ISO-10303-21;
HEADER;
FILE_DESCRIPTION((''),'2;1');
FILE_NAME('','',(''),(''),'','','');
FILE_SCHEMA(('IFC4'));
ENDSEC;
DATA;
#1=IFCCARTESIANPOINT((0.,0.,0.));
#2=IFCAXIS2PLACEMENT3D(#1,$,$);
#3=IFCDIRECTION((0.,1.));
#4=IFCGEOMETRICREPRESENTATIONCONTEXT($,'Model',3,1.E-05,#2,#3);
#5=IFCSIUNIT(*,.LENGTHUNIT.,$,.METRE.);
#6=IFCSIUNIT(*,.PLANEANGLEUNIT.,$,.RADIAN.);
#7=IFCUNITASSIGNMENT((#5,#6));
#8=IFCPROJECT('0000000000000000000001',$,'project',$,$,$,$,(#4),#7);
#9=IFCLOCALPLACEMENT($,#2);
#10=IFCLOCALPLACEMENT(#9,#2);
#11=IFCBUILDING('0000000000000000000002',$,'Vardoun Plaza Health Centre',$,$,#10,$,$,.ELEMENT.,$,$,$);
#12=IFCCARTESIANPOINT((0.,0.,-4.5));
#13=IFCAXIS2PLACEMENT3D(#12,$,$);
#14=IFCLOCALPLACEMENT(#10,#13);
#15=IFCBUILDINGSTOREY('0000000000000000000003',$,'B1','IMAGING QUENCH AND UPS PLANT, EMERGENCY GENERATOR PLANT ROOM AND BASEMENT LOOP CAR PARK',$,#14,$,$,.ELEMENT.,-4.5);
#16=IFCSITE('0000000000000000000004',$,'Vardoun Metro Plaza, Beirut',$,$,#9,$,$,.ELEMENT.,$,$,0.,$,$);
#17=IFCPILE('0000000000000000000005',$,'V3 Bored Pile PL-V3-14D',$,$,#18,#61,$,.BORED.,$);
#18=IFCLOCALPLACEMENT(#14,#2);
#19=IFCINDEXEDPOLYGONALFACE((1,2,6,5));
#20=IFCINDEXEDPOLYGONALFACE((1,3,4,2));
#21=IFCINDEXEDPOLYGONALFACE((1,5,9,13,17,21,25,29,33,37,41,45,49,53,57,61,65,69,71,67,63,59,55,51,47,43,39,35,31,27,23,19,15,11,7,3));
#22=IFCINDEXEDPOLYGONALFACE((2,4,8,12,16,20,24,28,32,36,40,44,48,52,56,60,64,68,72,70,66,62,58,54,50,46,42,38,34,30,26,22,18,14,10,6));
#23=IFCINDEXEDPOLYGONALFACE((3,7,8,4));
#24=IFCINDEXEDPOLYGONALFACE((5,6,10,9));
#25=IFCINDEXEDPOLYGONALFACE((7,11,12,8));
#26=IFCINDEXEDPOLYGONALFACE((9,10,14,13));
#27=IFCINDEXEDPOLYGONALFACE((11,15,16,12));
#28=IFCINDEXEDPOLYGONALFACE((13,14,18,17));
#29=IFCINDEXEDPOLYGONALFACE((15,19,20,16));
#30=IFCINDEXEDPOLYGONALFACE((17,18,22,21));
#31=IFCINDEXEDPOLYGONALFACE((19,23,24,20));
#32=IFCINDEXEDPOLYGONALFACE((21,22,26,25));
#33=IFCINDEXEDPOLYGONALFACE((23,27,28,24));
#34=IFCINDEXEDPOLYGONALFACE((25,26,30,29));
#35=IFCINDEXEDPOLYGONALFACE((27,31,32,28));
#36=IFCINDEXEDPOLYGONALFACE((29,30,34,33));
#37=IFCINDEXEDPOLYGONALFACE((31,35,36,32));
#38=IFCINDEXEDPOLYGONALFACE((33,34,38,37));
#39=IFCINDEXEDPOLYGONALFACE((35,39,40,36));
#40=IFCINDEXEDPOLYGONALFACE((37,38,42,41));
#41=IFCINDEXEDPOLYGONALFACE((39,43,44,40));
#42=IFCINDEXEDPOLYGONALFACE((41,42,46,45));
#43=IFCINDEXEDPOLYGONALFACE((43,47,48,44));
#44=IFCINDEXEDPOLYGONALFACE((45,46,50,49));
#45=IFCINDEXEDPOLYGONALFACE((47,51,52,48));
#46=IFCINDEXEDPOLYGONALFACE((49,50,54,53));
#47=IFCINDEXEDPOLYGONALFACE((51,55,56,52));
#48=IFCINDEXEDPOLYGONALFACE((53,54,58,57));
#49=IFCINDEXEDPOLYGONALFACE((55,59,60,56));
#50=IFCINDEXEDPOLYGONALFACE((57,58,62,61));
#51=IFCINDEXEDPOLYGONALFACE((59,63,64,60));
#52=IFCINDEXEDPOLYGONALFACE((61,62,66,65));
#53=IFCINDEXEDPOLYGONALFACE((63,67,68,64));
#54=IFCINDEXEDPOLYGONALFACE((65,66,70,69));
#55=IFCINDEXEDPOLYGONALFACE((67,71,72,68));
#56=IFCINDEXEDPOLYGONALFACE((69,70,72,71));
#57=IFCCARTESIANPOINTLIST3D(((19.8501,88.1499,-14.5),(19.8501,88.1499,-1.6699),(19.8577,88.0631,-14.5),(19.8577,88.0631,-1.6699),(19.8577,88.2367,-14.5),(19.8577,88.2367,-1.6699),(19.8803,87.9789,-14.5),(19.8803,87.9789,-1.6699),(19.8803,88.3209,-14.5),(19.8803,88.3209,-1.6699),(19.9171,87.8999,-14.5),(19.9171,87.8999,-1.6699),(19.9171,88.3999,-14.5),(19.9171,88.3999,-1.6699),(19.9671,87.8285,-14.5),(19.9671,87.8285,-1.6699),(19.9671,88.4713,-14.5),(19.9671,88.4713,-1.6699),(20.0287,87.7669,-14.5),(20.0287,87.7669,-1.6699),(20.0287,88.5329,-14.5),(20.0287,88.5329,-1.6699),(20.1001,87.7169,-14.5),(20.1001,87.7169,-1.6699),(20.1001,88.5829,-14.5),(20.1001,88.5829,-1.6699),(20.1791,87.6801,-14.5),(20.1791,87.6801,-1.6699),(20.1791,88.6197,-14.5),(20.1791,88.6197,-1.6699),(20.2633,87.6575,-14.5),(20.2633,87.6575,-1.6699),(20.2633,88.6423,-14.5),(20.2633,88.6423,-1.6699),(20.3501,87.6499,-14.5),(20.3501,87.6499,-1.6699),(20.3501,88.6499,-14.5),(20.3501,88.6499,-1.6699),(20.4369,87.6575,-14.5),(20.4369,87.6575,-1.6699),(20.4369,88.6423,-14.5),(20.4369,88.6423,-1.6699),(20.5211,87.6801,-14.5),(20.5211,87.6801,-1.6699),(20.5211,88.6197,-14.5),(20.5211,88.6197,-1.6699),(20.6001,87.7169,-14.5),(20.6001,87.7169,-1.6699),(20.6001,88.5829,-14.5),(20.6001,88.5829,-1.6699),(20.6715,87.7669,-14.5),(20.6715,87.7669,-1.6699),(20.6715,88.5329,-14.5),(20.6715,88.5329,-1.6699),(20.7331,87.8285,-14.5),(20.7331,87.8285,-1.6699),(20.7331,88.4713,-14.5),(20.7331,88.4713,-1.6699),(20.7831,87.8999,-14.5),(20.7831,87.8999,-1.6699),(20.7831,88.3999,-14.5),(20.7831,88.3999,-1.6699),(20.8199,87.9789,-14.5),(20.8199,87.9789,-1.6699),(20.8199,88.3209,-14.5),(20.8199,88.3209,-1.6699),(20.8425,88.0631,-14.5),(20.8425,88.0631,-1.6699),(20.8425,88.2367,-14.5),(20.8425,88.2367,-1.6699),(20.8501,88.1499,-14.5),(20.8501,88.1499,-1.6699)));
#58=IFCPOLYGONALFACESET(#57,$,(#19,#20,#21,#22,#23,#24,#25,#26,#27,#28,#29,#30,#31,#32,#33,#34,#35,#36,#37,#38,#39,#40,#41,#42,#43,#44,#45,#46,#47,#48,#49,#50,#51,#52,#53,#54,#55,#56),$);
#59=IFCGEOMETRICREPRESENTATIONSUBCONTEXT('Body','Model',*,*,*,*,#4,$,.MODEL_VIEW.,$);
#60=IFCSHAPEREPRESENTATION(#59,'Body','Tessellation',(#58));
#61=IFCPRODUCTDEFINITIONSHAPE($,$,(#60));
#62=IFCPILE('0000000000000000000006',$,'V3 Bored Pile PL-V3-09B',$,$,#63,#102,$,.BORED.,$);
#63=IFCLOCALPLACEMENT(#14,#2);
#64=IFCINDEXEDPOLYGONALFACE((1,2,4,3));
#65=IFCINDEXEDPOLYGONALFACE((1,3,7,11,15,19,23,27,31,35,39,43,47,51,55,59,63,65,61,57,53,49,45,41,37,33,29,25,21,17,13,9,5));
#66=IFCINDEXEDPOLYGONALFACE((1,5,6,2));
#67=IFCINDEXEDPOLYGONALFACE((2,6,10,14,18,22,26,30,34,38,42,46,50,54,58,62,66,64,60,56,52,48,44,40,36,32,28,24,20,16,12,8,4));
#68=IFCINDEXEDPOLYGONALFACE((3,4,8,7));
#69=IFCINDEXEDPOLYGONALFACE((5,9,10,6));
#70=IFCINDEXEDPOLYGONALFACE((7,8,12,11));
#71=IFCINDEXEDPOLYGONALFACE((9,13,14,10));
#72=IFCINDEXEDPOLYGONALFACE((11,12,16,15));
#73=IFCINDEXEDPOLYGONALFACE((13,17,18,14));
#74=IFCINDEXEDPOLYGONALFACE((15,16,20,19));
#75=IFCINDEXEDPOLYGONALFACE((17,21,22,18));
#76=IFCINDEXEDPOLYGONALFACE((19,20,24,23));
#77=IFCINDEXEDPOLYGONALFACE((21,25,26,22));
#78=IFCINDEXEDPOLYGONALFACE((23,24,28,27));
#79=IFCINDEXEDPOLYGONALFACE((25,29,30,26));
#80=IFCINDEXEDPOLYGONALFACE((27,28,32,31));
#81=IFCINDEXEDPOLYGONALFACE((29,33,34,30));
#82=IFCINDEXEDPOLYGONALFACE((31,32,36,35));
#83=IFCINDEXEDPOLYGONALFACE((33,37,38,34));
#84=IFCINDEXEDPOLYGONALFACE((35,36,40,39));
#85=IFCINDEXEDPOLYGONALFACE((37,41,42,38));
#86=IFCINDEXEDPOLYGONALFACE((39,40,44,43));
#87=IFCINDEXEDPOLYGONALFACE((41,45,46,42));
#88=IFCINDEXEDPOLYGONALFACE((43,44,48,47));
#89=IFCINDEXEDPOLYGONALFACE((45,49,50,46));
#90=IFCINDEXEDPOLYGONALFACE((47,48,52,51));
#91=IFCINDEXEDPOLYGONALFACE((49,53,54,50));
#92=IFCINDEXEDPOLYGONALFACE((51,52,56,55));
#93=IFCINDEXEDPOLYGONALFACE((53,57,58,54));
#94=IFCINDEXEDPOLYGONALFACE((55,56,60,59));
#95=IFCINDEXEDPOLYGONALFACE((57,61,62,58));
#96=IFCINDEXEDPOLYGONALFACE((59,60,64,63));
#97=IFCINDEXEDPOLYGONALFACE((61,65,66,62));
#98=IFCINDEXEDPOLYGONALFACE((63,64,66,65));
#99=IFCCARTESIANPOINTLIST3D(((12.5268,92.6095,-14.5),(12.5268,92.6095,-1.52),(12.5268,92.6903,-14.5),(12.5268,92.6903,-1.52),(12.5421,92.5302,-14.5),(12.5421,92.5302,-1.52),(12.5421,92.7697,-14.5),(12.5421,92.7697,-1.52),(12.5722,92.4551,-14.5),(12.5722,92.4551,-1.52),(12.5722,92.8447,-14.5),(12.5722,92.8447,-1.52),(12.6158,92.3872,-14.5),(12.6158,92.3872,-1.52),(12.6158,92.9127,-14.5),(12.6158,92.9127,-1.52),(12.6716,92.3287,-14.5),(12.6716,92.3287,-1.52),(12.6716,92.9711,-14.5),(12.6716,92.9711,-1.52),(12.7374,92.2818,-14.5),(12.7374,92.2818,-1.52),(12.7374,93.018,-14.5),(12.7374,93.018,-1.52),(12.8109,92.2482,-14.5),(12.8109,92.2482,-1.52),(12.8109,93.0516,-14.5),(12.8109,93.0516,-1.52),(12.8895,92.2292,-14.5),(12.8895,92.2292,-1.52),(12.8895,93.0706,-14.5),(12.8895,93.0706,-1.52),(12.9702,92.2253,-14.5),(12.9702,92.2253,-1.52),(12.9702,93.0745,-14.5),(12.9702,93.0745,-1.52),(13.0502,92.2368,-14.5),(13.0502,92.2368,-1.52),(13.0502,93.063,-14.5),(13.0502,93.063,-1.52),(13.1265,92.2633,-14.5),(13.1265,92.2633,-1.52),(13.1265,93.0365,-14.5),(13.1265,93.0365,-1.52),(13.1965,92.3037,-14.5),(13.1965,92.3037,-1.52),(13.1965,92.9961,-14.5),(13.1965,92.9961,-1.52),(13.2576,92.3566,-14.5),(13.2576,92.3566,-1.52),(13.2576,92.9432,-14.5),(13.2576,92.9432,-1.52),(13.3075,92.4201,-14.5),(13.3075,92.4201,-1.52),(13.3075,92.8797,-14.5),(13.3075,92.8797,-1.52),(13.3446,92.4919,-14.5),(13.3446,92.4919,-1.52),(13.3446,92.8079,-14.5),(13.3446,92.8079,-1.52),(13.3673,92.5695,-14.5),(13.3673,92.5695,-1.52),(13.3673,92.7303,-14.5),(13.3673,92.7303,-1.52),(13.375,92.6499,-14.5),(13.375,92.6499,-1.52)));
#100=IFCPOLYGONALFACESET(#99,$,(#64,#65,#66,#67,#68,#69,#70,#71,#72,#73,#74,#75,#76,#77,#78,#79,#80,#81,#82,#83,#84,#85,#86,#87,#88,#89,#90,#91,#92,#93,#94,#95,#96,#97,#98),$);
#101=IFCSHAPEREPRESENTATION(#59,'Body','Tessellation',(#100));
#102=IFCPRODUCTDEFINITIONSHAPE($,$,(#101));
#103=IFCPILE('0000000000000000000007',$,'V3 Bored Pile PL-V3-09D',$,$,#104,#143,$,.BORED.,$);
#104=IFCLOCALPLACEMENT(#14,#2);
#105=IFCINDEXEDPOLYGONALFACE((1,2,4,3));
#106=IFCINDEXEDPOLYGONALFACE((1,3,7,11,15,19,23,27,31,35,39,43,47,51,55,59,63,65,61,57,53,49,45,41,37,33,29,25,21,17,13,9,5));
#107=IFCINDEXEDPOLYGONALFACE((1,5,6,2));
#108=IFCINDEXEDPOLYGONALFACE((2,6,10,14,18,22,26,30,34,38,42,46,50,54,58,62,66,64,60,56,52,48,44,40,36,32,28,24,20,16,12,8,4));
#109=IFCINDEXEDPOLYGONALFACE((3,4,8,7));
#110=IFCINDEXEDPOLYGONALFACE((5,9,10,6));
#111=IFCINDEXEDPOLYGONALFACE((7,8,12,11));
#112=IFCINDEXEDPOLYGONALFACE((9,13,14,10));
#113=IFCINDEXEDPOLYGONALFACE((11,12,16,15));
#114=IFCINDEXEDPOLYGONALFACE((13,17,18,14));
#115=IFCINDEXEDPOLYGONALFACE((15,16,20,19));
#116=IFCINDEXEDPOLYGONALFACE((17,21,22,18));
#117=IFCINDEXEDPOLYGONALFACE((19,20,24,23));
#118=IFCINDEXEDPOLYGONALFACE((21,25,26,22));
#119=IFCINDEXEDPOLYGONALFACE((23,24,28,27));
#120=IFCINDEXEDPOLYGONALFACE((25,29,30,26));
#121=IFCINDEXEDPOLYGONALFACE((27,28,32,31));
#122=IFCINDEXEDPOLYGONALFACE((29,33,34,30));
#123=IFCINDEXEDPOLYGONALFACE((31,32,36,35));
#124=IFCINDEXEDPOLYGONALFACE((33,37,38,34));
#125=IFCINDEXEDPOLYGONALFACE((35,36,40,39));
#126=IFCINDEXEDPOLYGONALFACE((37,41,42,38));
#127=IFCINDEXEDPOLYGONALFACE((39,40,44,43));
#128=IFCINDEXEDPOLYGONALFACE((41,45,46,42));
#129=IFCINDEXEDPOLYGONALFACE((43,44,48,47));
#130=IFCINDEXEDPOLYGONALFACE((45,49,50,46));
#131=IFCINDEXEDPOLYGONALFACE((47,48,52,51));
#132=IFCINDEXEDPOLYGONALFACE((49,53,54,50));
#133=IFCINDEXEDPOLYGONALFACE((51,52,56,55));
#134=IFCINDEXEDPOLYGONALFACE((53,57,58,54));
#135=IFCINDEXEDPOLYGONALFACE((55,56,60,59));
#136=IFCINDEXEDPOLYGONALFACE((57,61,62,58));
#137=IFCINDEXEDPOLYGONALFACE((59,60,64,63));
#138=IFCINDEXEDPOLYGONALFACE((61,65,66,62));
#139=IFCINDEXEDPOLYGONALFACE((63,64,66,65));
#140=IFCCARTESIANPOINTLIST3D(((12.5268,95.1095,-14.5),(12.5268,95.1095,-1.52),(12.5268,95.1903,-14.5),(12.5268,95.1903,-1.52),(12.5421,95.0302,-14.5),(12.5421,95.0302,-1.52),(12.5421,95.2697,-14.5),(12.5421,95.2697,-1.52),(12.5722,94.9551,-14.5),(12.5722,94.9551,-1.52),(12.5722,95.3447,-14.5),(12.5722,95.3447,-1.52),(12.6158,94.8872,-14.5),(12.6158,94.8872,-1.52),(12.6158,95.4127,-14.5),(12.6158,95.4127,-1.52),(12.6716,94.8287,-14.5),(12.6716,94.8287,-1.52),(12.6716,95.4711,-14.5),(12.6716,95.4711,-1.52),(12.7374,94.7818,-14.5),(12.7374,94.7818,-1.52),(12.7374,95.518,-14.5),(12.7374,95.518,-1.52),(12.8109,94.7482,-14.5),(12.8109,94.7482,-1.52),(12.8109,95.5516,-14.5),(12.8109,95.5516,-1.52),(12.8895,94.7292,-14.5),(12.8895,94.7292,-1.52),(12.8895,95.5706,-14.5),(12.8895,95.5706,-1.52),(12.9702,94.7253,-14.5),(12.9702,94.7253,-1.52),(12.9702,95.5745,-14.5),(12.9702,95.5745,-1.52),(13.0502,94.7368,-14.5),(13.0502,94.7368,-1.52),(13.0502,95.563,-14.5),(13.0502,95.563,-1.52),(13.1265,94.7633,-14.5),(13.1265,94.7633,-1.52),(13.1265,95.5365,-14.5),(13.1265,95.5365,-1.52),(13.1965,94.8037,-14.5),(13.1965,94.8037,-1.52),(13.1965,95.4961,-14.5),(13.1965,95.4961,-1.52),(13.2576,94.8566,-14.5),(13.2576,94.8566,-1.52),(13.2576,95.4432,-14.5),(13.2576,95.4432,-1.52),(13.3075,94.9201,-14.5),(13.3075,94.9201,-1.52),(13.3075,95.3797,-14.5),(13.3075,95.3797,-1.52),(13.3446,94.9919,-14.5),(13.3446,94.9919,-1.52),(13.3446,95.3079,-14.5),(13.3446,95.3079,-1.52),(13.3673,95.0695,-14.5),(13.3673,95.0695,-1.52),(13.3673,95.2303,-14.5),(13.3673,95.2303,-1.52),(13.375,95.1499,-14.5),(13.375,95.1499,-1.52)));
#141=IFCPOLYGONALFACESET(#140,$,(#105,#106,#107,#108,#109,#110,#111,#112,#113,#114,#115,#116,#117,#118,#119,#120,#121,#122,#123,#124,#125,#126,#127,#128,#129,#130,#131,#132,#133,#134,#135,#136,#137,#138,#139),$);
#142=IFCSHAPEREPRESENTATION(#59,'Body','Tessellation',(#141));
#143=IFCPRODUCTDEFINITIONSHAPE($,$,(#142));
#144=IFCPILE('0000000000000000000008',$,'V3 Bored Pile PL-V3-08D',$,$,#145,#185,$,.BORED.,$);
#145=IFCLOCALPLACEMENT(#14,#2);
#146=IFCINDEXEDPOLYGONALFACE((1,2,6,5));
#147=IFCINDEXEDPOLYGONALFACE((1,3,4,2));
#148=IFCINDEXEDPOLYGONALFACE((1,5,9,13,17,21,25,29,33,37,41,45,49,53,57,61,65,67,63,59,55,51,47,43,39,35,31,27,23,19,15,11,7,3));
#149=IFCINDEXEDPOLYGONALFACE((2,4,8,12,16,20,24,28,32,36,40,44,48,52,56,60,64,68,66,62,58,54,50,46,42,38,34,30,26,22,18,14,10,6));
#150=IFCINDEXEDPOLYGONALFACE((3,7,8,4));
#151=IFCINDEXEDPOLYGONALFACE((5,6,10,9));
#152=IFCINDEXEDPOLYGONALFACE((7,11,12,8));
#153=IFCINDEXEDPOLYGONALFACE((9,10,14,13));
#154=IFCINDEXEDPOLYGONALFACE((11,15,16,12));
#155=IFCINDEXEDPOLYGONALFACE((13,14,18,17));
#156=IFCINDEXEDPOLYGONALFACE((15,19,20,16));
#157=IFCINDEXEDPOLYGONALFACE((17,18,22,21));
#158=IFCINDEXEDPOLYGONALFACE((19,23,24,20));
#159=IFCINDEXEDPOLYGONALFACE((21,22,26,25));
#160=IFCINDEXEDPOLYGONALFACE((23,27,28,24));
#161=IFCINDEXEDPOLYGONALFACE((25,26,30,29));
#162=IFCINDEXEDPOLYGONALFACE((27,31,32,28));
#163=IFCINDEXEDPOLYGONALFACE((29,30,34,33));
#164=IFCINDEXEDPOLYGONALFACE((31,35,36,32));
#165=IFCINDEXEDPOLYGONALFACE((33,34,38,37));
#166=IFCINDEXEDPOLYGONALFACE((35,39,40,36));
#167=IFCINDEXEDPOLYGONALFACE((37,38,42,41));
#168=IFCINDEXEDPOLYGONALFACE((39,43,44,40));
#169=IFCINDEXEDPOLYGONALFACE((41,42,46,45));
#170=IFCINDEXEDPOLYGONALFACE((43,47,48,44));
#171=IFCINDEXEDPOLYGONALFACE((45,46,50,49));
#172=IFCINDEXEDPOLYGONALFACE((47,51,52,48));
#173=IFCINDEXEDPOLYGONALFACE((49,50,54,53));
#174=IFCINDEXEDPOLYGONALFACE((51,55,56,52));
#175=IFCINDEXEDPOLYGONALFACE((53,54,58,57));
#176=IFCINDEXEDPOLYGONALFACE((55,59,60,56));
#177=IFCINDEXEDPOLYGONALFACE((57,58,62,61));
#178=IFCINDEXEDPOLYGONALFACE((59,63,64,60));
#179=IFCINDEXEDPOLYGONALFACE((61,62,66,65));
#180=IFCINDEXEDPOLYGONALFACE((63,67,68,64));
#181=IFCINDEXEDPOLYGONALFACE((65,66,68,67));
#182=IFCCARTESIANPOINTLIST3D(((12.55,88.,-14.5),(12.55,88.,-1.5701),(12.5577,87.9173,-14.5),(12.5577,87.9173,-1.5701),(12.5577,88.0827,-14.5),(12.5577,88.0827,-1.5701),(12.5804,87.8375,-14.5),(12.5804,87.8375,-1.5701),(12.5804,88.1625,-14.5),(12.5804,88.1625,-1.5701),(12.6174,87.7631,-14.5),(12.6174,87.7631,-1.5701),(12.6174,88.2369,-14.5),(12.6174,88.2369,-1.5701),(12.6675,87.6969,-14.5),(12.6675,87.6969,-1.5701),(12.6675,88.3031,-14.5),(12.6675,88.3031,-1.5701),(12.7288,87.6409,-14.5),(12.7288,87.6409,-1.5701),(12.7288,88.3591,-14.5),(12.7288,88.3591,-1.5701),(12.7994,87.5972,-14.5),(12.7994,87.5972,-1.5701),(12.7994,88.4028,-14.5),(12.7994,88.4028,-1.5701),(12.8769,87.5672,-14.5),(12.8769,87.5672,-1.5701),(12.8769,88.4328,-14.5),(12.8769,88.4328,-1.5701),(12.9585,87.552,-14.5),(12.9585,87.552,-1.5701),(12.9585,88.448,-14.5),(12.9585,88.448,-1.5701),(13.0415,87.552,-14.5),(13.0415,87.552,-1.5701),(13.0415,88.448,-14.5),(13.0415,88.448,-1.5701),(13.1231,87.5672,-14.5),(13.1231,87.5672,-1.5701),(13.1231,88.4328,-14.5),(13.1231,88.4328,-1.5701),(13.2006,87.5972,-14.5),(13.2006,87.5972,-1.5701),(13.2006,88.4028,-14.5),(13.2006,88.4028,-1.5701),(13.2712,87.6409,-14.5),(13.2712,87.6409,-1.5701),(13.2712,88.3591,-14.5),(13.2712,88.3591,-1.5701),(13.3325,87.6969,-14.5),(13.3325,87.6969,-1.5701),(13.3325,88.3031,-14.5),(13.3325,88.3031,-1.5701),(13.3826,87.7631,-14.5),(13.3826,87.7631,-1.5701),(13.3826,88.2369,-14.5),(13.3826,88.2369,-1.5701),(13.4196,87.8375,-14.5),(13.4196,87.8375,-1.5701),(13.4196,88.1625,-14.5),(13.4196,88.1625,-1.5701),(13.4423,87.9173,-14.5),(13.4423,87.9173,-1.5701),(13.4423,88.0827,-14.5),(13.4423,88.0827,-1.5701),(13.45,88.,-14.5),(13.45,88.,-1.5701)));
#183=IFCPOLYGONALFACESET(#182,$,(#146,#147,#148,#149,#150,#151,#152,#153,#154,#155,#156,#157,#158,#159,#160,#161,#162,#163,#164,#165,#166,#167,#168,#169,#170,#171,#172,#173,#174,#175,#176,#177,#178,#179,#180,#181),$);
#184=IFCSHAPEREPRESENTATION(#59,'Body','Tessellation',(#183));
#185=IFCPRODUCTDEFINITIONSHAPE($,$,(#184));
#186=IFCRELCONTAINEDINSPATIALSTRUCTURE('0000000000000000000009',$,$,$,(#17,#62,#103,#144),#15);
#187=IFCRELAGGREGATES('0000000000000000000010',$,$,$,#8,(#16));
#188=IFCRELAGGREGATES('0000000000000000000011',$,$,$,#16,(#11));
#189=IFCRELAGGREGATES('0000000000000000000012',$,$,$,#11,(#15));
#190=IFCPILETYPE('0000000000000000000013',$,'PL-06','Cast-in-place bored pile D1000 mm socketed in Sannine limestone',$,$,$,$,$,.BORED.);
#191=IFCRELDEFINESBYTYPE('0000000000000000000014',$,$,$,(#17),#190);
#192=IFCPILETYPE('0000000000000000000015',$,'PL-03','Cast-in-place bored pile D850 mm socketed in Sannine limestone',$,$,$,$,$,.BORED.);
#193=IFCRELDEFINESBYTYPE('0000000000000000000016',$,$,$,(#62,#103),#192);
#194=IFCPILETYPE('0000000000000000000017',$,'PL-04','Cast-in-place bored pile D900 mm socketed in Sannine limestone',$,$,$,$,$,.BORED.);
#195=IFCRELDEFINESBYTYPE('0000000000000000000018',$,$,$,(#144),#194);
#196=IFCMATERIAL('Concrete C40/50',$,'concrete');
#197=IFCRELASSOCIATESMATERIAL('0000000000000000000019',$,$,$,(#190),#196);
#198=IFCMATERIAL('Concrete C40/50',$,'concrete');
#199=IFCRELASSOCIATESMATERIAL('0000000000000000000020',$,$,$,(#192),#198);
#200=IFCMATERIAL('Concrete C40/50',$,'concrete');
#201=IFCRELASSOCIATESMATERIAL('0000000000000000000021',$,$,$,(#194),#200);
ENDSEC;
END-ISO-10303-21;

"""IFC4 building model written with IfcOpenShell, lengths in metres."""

from ifc_helpers import new_model, si_unit, direction, frame, origin, origin_2d, place, context, subcontext, project, spatial, circle, extrude, material, material_profile, profile_set, type_object, element, save


model = new_model("IFC4")

# Units and contexts
model_context = context("Model", 3, precision=1e-05, world=origin(), true_north=direction((0.0, 1.0)))
body_context = subcontext(model_context, "Body", "Model", "MODEL_VIEW")
ifc_project = project(units=[si_unit("LENGTHUNIT", "METRE"), si_unit("PLANEANGLEUNIT", "RADIAN")], contexts=[model_context])

# Site, building, storey
site_placement = place(None, origin())
site = spatial("IfcSite", under=ifc_project, at=site_placement, Name="Vardoun Metro Plaza, Beirut", CompositionType="ELEMENT", RefElevation=0.0)
building_placement = place(site_placement, origin())
building = spatial("IfcBuilding", under=site, at=building_placement, Name="Vardoun Plaza Health Centre", CompositionType="ELEMENT")
storey_placement = place(building_placement, frame((0.0, 0.0, -4.5)))
storey = spatial("IfcBuildingStorey", under=building, at=storey_placement, Name="B1", Description="IMAGING QUENCH AND UPS PLANT, EMERGENCY GENERATOR PLANT ROOM AND BASEMENT LOOP CAR PARK", CompositionType="ELEMENT", Elevation=-4.5)

# Piles
ifc_material_1 = material(Name="Concrete C40/50", Category="concrete")
ifc_material_profile_1 = material_profile(ifc_material_1, circle(Radius=0.5, at=origin_2d()), Name="PILE D1000")
ifc_profile_set_1 = profile_set([ifc_material_profile_1], Name="Concrete C40/50")
pile_type_1 = type_object("IfcPileType", Name="PL-06", Description="Cast-in-place bored pile D1000 mm socketed in Sannine limestone", PredefinedType="BORED", material=ifc_profile_set_1)
for number, where, z_axis, x_axis, name in (
    (1, (20.3501, 88.1499, -1.6699), (0.0, 0.0, -1.0), (1.0, 0.0, 0.0), "V3 Bored Pile PL-V3-14D"),
):
    element("IfcPile", number, at=place(storey_placement, frame(where, z_axis=z_axis, x_axis=x_axis)), inside=storey, type_object=pile_type_1, Name=name, PredefinedType="BORED", context=body_context, shape_type="SweptSolid", body=[
        extrude(circle(Radius=0.5, at=origin_2d()), origin(), (0.0, 0.0, 1.0), 12.8301),
    ])
ifc_material_2 = material(Name="Concrete C40/50", Category="concrete")
ifc_material_profile_2 = material_profile(ifc_material_2, circle(Radius=0.425, at=origin_2d()), Name="PILE D850")
ifc_profile_set_2 = profile_set([ifc_material_profile_2], Name="Concrete C40/50")
pile_type_2 = type_object("IfcPileType", Name="PL-03", Description="Cast-in-place bored pile D850 mm socketed in Sannine limestone", PredefinedType="BORED", material=ifc_profile_set_2)
for number, where, z_axis, x_axis, name in (
    (2, (12.95, 92.6499, -1.52), (0.0, 0.0, -1.0), (1.0, 0.0, 0.0), "V3 Bored Pile PL-V3-09B"),
    (3, (12.95, 95.1499, -1.52), (0.0, 0.0, -1.0), (1.0, 0.0, 0.0), "V3 Bored Pile PL-V3-09D"),
):
    element("IfcPile", number, at=place(storey_placement, frame(where, z_axis=z_axis, x_axis=x_axis)), inside=storey, type_object=pile_type_2, Name=name, PredefinedType="BORED", context=body_context, shape_type="SweptSolid", body=[
        extrude(circle(Radius=0.425, at=origin_2d()), origin(), (0.0, 0.0, 1.0), 12.98),
    ])
ifc_material_3 = material(Name="Concrete C40/50", Category="concrete")
ifc_material_profile_3 = material_profile(ifc_material_3, circle(Radius=0.45, at=origin_2d()), Name="PILE D900")
ifc_profile_set_3 = profile_set([ifc_material_profile_3], Name="Concrete C40/50")
pile_type_3 = type_object("IfcPileType", Name="PL-04", Description="Cast-in-place bored pile D900 mm socketed in Sannine limestone", PredefinedType="BORED", material=ifc_profile_set_3)
for number, where, z_axis, x_axis, name in (
    (4, (13.0, 88.0, -1.5701), (0.0, 0.0, -1.0), (1.0, 0.0, 0.0), "V3 Bored Pile PL-V3-08D"),
):
    element("IfcPile", number, at=place(storey_placement, frame(where, z_axis=z_axis, x_axis=x_axis)), inside=storey, type_object=pile_type_3, Name=name, PredefinedType="BORED", context=body_context, shape_type="SweptSolid", body=[
        extrude(circle(Radius=0.45, at=origin_2d()), origin(), (0.0, 0.0, 1.0), 12.9299),
    ])

save(model, "model.ifc")
